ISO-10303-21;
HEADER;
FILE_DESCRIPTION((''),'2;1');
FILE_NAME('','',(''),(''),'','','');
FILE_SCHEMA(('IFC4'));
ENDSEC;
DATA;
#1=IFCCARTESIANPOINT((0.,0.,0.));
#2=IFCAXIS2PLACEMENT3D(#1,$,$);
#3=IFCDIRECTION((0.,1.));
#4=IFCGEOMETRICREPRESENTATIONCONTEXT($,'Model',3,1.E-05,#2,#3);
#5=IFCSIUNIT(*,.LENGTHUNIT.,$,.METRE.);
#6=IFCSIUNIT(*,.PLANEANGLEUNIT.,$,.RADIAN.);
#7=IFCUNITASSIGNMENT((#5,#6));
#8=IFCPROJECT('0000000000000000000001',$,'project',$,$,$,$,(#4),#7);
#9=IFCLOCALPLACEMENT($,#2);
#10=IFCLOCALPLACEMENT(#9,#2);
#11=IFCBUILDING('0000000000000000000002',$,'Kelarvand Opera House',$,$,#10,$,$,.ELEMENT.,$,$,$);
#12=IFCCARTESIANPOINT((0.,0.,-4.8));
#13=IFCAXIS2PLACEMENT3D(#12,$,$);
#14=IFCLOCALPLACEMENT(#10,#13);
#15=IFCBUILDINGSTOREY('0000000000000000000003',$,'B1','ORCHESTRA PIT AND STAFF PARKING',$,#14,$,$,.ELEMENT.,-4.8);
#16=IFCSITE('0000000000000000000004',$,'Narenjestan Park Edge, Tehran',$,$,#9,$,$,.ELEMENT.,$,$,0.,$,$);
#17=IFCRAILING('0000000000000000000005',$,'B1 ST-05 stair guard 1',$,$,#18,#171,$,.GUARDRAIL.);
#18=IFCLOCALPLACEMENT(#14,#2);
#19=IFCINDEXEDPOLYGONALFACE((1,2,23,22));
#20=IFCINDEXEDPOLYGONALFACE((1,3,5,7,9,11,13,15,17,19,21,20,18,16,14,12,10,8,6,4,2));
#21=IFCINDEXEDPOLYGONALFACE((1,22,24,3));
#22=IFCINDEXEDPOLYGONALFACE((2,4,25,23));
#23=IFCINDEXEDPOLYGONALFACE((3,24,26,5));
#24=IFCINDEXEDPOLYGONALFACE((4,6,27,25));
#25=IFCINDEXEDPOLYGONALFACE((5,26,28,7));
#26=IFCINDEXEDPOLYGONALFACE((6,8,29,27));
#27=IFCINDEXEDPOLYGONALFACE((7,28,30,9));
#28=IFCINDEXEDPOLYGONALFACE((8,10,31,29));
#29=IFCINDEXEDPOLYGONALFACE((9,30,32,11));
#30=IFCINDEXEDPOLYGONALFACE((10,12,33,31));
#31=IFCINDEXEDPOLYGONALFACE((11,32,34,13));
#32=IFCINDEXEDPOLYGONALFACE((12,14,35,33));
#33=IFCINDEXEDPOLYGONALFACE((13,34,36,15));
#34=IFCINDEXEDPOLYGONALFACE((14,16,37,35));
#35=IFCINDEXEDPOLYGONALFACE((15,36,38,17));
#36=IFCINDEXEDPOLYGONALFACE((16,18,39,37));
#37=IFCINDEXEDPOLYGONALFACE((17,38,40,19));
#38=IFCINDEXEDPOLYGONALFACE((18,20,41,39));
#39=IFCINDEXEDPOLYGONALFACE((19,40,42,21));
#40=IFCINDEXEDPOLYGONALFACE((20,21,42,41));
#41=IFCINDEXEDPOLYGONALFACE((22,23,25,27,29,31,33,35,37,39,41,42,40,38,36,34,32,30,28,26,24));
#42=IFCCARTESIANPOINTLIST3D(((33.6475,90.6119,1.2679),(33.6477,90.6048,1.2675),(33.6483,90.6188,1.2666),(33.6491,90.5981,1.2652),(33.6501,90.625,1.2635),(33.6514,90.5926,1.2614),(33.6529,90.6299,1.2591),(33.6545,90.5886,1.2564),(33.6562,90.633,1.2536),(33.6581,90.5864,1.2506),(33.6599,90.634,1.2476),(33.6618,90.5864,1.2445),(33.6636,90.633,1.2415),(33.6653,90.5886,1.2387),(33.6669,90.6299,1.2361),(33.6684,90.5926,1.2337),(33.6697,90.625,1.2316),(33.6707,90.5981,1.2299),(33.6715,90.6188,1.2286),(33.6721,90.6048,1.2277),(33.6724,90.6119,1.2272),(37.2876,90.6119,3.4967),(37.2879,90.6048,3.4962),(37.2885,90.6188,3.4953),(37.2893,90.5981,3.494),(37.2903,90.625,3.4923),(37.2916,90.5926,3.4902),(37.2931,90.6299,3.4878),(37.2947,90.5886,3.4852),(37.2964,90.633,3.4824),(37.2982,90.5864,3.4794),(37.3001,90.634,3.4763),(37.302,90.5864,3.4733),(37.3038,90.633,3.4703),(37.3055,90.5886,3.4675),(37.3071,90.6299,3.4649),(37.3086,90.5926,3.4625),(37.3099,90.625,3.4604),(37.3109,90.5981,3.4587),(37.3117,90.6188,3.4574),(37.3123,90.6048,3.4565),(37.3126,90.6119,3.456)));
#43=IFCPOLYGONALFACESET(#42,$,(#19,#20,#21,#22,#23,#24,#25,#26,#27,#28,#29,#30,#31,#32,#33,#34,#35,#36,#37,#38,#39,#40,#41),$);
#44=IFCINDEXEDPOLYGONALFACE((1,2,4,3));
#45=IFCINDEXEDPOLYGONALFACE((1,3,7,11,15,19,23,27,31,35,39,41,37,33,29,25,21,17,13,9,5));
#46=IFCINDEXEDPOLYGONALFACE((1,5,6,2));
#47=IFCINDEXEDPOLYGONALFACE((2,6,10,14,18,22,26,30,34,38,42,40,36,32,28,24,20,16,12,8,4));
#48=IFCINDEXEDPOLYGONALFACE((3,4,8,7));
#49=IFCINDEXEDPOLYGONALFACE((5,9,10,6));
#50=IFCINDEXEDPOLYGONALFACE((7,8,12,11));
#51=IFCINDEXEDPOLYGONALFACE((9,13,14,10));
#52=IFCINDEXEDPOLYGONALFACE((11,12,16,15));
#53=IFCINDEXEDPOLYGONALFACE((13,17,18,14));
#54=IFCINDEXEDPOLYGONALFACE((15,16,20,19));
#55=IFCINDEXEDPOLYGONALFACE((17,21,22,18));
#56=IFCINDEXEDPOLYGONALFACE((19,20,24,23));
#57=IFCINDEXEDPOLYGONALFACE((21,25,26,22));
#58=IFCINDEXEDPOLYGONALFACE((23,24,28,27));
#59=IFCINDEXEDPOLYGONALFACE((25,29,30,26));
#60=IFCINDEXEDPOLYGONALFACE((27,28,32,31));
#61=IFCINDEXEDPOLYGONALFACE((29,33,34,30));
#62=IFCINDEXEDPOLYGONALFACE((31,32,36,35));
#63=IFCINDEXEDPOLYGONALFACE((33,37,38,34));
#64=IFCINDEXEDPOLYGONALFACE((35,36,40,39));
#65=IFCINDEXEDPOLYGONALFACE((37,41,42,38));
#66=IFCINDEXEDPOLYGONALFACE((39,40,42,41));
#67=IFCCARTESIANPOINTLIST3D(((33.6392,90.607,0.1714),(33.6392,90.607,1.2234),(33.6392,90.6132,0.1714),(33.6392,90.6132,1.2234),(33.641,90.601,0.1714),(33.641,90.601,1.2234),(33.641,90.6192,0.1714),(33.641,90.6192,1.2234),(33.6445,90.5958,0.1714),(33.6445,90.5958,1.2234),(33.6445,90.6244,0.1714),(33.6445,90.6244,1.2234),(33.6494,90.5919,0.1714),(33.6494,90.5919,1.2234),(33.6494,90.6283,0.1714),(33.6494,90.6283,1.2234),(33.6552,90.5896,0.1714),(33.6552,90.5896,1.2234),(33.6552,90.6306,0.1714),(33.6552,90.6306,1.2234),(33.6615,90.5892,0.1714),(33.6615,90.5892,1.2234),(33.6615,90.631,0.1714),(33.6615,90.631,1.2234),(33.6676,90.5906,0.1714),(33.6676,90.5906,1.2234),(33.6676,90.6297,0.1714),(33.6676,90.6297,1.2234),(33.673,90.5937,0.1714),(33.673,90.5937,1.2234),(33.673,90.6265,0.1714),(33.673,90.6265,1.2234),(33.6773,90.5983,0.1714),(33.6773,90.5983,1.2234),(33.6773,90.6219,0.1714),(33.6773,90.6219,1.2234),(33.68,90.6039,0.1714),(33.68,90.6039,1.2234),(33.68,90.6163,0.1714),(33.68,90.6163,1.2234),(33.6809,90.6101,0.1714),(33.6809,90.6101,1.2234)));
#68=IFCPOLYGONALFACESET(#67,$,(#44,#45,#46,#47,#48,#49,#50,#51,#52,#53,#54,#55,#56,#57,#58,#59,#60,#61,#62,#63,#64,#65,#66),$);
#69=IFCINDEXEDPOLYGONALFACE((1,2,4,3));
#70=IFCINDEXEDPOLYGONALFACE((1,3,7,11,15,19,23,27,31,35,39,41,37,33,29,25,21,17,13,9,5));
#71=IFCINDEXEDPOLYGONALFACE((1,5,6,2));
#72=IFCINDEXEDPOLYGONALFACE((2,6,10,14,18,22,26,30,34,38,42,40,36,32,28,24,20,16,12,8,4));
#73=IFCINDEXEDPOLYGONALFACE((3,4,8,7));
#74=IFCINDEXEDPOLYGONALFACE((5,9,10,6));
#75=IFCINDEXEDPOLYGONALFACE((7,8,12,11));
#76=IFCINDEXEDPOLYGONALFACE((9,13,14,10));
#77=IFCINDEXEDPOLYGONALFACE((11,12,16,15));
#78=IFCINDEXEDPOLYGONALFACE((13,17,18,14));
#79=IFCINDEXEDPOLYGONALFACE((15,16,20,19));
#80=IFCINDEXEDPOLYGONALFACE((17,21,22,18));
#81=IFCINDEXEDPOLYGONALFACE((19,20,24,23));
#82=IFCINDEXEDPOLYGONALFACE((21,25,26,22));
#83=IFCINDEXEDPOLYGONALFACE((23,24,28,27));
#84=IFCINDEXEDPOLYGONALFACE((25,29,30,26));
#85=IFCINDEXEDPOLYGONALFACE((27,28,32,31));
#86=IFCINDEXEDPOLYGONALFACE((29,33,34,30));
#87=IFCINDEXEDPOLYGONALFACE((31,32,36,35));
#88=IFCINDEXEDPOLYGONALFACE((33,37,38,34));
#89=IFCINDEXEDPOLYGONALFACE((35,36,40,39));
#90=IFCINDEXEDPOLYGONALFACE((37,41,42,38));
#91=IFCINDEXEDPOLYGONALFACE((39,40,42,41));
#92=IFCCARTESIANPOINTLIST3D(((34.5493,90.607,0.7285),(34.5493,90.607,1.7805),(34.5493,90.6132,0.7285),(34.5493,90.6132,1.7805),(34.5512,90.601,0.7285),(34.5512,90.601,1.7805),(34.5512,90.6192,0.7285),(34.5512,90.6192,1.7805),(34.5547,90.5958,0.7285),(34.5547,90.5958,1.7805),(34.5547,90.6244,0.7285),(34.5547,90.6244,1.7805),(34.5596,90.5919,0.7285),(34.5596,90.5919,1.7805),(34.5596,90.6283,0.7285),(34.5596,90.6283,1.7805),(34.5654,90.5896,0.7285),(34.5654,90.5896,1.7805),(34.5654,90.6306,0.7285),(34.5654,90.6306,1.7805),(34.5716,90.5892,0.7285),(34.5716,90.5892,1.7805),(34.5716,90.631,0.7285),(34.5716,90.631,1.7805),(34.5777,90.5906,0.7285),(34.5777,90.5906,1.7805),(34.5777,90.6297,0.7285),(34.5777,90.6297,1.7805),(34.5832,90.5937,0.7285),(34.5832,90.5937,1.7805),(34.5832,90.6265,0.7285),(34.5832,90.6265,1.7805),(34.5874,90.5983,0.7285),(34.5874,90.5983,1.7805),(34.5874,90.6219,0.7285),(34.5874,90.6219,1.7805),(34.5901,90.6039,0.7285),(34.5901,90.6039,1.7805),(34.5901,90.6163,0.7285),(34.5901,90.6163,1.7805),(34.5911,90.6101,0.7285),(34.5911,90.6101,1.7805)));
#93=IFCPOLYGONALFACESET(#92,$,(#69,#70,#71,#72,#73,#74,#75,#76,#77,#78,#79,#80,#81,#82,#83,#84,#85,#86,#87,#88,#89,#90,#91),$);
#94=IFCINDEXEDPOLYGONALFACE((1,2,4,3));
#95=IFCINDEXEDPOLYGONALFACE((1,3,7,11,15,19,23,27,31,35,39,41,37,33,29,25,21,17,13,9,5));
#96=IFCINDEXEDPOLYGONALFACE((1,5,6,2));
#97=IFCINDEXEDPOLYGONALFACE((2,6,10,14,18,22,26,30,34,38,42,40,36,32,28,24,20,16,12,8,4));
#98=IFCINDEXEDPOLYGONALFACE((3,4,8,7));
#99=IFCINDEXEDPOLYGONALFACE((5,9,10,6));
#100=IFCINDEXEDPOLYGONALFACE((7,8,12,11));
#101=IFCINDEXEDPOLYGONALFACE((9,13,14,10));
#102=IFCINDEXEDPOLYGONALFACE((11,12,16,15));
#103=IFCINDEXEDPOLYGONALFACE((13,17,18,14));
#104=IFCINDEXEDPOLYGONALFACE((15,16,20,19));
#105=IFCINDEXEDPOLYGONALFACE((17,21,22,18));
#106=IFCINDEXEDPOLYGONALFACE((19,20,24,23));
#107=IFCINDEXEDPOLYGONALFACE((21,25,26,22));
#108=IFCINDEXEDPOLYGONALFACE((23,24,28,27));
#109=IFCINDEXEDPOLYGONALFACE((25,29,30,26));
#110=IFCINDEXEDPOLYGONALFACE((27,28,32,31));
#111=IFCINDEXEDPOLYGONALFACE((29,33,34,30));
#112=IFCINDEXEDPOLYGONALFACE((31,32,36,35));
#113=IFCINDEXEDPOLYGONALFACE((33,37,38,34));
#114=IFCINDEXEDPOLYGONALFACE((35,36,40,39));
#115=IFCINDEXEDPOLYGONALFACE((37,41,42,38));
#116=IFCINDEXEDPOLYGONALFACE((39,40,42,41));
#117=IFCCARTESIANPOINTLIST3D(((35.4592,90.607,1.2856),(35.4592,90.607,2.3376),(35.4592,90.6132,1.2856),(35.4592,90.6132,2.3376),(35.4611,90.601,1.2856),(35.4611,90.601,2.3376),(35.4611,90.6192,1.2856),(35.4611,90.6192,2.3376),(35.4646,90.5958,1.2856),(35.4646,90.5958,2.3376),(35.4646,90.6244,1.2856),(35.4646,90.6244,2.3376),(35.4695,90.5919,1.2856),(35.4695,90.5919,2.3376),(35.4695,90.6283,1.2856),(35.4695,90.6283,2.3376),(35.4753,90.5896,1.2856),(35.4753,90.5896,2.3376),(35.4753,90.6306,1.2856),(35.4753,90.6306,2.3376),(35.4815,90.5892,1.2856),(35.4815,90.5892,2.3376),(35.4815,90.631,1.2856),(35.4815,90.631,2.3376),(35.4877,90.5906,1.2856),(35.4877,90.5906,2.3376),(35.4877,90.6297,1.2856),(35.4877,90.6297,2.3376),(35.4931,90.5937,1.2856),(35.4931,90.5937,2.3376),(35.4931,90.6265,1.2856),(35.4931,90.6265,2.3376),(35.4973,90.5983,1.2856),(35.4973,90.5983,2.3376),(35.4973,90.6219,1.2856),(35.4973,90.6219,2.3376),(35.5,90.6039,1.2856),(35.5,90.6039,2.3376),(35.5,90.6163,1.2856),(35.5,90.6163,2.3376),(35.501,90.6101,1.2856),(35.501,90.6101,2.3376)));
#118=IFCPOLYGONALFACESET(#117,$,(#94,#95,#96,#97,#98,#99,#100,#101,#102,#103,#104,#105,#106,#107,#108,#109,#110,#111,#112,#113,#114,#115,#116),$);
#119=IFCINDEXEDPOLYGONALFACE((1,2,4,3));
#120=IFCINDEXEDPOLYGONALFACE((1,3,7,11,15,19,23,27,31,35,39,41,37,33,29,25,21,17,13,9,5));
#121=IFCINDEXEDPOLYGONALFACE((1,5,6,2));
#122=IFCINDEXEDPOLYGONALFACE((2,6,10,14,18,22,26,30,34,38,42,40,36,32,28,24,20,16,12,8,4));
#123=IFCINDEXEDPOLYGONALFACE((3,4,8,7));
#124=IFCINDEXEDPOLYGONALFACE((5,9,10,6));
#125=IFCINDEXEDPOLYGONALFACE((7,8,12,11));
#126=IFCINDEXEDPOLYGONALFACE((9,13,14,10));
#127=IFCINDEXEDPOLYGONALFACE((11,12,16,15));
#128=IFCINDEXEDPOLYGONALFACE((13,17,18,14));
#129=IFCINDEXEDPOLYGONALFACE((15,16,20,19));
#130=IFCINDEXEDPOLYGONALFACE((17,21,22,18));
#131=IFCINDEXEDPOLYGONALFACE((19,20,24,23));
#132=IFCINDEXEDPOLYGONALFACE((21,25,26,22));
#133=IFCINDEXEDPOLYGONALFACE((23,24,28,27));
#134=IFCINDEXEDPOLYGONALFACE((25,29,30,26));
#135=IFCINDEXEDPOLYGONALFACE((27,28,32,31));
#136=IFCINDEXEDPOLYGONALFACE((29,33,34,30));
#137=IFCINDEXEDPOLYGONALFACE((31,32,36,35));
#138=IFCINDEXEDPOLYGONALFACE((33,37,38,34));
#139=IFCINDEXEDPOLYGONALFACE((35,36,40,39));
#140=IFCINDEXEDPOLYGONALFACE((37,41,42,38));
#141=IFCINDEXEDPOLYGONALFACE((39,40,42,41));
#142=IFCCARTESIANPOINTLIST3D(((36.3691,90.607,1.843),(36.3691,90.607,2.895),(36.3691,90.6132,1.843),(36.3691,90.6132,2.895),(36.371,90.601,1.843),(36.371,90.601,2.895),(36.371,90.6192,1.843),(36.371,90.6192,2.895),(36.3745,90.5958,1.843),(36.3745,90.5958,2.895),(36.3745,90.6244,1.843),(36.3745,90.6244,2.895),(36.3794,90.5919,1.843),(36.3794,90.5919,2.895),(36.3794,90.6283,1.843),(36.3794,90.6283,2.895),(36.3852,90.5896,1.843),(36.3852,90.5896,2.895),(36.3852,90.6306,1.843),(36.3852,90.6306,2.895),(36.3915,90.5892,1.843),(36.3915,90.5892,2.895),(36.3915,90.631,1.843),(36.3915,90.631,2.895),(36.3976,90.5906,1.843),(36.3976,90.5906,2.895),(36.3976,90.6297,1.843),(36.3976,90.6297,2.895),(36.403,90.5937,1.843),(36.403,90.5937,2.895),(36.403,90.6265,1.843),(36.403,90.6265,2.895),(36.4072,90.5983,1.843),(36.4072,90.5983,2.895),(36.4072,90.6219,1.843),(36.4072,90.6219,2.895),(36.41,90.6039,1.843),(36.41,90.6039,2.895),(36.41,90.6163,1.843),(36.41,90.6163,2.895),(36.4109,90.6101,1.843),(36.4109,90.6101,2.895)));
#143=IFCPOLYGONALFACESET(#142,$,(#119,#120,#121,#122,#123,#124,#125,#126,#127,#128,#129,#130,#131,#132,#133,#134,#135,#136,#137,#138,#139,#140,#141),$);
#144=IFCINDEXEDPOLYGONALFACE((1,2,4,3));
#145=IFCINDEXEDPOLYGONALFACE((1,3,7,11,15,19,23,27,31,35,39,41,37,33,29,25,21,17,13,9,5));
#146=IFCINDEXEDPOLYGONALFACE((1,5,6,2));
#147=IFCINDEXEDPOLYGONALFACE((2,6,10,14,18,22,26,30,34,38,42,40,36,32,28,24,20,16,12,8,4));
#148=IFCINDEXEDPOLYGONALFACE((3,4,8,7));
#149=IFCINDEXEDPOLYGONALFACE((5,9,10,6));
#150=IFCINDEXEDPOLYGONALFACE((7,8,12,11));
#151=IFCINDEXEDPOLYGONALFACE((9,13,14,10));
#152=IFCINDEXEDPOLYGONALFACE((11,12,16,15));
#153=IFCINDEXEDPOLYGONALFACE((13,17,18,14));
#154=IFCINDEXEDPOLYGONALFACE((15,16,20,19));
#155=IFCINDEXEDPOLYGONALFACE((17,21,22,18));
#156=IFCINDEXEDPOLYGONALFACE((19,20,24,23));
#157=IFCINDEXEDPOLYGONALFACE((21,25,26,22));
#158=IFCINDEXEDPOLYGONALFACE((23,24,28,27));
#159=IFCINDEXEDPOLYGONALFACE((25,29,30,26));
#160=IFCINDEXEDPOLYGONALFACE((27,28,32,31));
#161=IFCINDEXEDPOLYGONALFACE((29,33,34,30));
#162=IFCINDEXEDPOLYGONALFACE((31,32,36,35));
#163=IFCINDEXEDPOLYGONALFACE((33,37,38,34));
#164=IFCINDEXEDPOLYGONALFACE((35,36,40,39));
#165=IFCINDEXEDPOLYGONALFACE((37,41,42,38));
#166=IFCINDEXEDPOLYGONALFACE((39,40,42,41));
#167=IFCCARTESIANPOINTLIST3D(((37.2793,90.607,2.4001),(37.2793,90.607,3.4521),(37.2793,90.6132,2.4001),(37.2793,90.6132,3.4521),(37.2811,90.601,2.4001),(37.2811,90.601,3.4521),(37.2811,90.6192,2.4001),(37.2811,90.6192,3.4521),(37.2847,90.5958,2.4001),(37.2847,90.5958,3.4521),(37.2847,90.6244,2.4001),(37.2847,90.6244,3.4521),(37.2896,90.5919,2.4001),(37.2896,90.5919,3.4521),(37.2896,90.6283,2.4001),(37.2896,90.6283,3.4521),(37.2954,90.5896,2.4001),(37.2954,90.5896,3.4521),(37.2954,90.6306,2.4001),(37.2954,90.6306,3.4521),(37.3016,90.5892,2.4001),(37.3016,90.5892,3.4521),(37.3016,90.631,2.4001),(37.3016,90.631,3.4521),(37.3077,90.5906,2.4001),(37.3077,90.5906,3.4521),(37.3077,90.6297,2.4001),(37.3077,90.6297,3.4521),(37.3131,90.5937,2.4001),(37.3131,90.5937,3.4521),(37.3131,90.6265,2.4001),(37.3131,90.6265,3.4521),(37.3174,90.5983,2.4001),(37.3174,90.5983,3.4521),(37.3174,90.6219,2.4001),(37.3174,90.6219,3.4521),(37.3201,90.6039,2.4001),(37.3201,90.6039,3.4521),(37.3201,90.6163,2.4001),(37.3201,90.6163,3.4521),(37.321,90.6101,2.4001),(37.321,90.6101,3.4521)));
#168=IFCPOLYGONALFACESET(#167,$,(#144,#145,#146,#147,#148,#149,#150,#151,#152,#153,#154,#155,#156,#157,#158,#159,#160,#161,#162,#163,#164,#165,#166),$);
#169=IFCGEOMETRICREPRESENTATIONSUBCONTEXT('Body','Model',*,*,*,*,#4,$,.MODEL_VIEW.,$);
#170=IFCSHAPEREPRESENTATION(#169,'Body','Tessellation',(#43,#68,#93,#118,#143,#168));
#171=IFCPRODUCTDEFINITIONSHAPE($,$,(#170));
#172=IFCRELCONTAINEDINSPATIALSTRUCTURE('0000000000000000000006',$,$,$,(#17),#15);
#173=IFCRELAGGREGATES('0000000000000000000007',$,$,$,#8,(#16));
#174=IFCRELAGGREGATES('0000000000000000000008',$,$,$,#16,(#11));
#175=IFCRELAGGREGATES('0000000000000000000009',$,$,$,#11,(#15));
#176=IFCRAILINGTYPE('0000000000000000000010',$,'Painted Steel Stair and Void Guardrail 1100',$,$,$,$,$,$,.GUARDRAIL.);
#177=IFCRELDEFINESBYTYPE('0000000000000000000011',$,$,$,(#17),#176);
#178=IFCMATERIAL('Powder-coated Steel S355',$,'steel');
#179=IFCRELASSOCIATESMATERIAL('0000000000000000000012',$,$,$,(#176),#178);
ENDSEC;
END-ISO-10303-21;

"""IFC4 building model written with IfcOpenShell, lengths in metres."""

from ifc_helpers import new_model, si_unit, direction, frame, origin, origin_2d, place, context, subcontext, project, spatial, circle, extrude, material, type_object, element, save


model = new_model("IFC4")

# Units and contexts
model_context = context("Model", 3, precision=1e-05, world=origin(), true_north=direction((0.0, 1.0)))
body_context = subcontext(model_context, "Body", "Model", "MODEL_VIEW")
ifc_project = project(units=[si_unit("LENGTHUNIT", "METRE"), si_unit("PLANEANGLEUNIT", "RADIAN")], contexts=[model_context])

# Site, building, storey
site_placement = place(None, origin())
site = spatial("IfcSite", under=ifc_project, at=site_placement, Name="Narenjestan Park Edge, Tehran", CompositionType="ELEMENT", RefElevation=0.0)
building_placement = place(site_placement, origin())
building = spatial("IfcBuilding", under=site, at=building_placement, Name="Kelarvand Opera House", CompositionType="ELEMENT")
storey_placement = place(building_placement, frame((0.0, 0.0, -4.8)))
storey = spatial("IfcBuildingStorey", under=building, at=storey_placement, Name="B1", Description="ORCHESTRA PIT AND STAFF PARKING", CompositionType="ELEMENT", Elevation=-4.8)

# Railing
ifc_material_1 = material(Name="Powder-coated Steel S355", Category="steel")
railing_type_1 = type_object("IfcRailingType", Name="Painted Steel Stair and Void Guardrail 1100", PredefinedType="GUARDRAIL", material=ifc_material_1)
railing_1_placement = place(storey_placement, frame((33.6599, 90.6101, 0.1714)))
element("IfcRailing", 1, at=railing_1_placement, inside=storey, type_object=railing_type_1, Name="B1 ST-05 stair guard 1", PredefinedType="GUARDRAIL", context=body_context, shape_type="SweptSolid", body=[
    extrude(circle(Radius=0.0239, at=origin_2d()), frame((0.0, 0.0, 1.0762), z_axis=(0.85284, 0.0, 0.522172), x_axis=(0.0, 1.0, 0.0)), (0.0, 0.0, 1.0), 4.2683),
    extrude(circle(Radius=0.021, at=origin_2d()), origin(), (0.0, 0.0, 1.0), 1.052),
    extrude(circle(Radius=0.021, at=origin_2d()), frame((0.9102, 0.0, 0.5571)), (0.0, 0.0, 1.0), 1.052),
    extrude(circle(Radius=0.021, at=origin_2d()), frame((1.8201, 0.0, 1.1143)), (0.0, 0.0, 1.0), 1.052),
    extrude(circle(Radius=0.021, at=origin_2d()), frame((2.73, 0.0, 1.6716)), (0.0, 0.0, 1.0), 1.052),
    extrude(circle(Radius=0.021, at=origin_2d()), frame((3.6401, 0.0, 2.2288)), (0.0, 0.0, 1.0), 1.052),
])

save(model, "model.ifc")
